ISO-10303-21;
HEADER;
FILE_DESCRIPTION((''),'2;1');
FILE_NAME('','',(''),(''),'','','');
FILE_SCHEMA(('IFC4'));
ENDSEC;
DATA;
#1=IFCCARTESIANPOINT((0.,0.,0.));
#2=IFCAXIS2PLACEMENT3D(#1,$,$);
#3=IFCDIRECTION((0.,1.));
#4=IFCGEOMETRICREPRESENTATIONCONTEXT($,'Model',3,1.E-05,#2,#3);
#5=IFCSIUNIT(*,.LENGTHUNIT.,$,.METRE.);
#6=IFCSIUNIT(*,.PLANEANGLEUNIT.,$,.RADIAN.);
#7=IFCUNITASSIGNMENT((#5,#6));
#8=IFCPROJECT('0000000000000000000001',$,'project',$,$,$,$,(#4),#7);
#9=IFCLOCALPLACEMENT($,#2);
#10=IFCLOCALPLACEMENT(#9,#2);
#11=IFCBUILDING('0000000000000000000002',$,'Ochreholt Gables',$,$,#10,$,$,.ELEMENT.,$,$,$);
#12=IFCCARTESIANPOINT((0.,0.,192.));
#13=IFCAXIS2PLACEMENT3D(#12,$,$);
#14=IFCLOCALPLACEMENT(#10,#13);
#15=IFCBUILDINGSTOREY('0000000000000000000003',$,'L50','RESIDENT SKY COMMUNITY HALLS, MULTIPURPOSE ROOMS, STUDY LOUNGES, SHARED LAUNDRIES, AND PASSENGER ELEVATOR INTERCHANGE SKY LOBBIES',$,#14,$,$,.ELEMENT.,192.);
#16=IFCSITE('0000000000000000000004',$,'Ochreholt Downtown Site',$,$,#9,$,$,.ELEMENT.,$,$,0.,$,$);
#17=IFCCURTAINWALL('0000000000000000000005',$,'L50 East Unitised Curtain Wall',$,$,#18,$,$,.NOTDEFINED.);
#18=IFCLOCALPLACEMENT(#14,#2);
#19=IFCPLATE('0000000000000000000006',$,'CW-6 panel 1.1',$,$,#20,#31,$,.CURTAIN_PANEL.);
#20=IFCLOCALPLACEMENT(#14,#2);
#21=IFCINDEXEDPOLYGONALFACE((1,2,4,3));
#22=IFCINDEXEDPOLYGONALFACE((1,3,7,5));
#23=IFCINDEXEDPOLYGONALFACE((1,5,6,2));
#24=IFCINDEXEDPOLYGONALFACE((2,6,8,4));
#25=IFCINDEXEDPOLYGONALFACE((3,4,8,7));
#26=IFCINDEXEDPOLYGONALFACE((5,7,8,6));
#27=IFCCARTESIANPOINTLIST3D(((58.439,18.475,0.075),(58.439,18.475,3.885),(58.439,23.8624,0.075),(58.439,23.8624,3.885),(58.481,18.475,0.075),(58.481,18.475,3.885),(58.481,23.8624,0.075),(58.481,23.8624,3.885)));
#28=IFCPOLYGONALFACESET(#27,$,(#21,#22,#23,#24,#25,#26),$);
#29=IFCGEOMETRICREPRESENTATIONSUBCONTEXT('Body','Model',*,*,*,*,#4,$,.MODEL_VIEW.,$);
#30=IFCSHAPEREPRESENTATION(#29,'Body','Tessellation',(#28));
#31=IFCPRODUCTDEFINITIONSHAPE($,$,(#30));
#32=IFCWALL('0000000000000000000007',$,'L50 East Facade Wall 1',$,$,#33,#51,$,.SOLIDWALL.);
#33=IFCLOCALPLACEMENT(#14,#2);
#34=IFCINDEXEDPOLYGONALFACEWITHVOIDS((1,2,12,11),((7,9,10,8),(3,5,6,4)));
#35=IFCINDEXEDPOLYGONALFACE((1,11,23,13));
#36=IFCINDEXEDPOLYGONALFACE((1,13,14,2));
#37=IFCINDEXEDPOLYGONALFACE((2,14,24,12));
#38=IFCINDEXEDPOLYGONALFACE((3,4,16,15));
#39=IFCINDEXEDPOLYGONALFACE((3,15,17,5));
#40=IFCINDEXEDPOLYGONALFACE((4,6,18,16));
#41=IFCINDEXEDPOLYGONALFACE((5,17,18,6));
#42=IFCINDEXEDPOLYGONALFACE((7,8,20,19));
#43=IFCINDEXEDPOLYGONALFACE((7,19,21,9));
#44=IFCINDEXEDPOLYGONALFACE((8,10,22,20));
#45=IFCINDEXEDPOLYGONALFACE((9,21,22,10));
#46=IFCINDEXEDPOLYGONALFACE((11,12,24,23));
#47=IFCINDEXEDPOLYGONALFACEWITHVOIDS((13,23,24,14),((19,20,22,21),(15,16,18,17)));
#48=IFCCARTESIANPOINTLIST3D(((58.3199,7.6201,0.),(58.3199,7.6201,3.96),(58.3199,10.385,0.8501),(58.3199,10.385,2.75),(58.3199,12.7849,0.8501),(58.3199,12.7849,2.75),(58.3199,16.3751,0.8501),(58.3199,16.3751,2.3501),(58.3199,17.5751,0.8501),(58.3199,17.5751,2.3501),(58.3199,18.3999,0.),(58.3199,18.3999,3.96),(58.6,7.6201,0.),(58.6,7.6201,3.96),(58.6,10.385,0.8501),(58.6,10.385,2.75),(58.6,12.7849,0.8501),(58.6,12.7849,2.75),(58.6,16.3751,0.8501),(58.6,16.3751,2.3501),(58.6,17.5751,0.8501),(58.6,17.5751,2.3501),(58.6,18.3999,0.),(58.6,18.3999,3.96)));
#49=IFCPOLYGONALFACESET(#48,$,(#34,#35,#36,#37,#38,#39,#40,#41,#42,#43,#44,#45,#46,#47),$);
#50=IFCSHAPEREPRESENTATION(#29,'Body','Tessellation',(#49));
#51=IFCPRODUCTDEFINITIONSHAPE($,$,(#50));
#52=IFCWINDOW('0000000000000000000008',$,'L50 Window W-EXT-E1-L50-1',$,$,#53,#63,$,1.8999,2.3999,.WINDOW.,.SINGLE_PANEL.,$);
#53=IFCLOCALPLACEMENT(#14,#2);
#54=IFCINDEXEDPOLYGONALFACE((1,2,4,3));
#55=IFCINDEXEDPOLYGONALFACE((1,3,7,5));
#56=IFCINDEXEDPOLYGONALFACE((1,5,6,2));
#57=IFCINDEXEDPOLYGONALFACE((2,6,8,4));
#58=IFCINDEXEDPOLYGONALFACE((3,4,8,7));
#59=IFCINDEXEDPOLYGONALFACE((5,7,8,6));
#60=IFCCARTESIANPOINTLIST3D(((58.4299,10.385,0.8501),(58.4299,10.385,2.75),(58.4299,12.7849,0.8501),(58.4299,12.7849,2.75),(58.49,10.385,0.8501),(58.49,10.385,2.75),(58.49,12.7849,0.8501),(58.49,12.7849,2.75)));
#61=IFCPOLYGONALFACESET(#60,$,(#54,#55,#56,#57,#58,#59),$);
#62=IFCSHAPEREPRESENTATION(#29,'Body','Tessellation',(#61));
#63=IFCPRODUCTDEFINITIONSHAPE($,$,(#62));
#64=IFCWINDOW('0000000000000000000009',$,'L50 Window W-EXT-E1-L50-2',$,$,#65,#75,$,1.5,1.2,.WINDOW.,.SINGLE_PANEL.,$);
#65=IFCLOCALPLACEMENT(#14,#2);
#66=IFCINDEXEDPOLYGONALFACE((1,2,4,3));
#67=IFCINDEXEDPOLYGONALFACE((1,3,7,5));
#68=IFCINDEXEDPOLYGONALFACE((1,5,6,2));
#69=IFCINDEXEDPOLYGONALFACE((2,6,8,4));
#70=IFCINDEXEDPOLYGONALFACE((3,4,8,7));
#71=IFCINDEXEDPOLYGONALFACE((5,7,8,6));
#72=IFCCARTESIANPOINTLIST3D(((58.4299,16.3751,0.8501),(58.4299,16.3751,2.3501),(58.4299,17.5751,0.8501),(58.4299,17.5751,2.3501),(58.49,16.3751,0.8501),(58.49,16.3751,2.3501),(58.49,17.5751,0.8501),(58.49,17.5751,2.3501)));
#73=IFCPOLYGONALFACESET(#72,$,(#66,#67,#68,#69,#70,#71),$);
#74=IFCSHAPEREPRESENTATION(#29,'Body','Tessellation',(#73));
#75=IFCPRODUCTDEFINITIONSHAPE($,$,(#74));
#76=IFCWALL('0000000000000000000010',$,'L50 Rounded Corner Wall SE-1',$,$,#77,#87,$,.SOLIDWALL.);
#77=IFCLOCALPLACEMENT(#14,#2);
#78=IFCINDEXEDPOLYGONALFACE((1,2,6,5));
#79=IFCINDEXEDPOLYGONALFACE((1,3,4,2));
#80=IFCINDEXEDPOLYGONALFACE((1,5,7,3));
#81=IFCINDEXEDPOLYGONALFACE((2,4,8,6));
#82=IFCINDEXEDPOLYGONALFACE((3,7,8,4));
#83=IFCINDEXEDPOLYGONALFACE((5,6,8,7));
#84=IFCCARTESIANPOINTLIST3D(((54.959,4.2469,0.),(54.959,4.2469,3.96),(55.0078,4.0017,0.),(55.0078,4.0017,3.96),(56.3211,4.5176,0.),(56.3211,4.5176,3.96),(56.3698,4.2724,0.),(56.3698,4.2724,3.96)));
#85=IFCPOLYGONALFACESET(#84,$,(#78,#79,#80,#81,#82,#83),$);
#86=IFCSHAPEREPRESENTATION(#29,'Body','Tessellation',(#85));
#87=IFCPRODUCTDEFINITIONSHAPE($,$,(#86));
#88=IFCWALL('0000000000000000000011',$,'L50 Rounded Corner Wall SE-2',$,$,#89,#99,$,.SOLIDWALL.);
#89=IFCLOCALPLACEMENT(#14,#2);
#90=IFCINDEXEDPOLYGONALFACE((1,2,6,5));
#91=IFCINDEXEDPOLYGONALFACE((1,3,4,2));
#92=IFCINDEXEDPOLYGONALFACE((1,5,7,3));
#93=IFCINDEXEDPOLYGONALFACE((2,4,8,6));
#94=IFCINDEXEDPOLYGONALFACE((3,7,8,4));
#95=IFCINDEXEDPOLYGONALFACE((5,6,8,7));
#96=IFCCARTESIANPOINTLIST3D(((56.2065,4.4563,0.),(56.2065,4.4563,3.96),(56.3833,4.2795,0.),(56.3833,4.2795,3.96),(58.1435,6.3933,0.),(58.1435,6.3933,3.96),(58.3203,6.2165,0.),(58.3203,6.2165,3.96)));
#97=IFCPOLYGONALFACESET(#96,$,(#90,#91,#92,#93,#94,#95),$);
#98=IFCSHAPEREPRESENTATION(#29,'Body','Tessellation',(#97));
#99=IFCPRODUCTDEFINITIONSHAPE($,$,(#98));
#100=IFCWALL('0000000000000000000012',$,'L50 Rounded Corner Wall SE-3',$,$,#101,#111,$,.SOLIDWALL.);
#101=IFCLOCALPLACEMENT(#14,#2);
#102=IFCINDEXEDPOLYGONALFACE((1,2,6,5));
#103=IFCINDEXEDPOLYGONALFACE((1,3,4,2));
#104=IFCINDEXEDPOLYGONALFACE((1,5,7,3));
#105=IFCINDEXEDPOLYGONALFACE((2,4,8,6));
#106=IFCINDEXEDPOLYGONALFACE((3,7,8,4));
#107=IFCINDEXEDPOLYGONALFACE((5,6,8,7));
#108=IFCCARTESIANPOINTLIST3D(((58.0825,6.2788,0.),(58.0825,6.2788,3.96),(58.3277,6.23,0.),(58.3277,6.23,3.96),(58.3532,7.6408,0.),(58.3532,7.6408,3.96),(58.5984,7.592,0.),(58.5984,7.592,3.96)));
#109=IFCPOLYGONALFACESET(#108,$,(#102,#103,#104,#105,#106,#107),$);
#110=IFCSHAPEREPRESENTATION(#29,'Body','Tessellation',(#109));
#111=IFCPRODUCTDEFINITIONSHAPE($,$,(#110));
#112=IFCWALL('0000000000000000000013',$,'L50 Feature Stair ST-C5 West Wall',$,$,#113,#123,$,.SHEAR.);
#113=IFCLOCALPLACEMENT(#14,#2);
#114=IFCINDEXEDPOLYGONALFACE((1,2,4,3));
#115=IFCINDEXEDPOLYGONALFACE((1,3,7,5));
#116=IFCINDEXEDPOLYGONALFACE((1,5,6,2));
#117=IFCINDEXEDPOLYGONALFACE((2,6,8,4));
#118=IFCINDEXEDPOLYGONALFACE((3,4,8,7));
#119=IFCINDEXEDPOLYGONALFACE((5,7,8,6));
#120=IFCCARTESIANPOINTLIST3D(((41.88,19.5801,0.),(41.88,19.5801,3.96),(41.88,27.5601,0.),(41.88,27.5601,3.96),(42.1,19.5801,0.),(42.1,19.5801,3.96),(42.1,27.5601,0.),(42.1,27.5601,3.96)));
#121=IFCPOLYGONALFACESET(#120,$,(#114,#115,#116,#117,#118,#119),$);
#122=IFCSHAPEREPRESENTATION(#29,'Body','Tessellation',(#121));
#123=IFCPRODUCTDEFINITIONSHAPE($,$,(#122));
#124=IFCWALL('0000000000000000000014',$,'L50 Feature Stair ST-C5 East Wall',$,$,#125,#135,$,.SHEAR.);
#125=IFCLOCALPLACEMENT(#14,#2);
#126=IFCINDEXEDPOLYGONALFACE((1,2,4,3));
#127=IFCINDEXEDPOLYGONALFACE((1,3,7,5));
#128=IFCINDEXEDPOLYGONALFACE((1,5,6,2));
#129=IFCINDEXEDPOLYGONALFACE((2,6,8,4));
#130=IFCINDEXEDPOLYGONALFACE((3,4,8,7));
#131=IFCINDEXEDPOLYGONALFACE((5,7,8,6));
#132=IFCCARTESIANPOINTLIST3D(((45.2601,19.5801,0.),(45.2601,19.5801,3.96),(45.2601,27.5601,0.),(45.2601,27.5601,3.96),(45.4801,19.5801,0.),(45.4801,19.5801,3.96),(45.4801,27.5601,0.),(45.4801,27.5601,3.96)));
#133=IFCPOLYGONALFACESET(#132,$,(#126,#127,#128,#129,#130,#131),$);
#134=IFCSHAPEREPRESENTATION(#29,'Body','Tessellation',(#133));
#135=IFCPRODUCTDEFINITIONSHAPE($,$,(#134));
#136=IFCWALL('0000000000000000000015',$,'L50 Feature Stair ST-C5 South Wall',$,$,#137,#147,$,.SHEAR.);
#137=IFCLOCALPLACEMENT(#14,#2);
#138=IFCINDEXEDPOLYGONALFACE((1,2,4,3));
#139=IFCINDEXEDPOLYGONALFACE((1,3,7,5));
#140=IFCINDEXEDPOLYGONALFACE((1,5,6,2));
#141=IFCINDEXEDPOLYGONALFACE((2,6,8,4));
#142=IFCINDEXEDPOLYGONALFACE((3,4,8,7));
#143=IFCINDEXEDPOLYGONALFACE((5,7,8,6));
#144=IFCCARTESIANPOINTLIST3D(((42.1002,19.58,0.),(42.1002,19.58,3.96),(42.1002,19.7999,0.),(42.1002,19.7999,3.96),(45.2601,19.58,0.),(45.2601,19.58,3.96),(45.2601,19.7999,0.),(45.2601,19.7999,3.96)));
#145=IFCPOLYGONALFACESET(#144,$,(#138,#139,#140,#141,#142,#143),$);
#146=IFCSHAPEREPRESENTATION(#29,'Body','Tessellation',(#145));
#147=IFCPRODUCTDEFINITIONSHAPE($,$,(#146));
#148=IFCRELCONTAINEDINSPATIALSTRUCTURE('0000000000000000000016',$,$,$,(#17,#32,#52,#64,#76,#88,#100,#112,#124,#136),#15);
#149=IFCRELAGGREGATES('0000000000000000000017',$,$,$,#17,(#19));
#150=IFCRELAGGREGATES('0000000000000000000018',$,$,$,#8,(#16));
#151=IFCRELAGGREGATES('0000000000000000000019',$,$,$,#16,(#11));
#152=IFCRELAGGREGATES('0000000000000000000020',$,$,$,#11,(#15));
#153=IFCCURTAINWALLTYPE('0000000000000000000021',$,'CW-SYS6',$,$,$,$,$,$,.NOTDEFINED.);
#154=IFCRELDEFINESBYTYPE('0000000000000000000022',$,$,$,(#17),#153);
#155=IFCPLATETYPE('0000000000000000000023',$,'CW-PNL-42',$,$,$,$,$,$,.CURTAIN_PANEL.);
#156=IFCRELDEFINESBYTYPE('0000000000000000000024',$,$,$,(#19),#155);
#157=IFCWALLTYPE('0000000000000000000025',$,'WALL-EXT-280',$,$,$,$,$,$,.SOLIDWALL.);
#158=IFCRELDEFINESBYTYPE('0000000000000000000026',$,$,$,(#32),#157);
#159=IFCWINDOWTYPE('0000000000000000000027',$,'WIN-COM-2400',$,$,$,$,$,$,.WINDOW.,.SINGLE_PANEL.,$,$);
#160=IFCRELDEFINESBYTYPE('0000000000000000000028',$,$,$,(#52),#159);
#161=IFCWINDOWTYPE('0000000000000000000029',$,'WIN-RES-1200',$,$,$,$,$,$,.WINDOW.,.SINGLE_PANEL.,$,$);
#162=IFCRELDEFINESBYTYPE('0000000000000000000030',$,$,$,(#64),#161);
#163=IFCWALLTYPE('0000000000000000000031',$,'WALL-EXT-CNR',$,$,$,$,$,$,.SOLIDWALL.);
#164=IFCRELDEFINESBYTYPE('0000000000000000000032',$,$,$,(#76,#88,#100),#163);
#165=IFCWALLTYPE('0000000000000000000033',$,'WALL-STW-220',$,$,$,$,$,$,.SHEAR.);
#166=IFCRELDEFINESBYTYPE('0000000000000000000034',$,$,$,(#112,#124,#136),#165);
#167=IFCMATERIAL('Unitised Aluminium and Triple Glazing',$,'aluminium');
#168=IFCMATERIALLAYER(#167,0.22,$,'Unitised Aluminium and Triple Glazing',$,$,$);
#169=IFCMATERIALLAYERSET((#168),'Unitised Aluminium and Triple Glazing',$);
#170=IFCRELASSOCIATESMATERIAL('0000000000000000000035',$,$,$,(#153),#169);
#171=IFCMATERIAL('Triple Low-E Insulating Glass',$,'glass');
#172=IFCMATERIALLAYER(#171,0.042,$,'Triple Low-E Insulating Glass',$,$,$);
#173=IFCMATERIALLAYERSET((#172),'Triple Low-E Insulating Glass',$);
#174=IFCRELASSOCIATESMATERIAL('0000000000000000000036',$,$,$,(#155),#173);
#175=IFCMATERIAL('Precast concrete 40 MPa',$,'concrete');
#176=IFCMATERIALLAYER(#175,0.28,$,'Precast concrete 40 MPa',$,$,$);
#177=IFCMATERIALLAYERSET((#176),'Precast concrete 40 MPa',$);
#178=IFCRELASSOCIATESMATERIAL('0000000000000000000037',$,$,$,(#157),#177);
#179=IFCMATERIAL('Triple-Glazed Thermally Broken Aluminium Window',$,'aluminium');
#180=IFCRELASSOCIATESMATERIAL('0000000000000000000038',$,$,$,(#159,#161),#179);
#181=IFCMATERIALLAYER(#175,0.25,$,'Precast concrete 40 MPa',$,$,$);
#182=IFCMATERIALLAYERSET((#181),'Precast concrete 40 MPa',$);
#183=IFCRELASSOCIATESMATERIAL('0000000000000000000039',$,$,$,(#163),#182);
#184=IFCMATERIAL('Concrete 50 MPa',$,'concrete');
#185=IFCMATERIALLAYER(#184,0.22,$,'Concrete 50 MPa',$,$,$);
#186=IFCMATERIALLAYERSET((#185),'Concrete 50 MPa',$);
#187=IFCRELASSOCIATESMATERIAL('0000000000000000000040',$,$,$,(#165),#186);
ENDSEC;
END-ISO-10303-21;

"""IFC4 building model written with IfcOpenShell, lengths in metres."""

from ifc_helpers import new_model, si_unit, direction, frame, frame_2d, origin, origin_2d, place, context, subcontext, project, spatial, rectangle, extrude, material, layer, layer_set, type_object, element, fill, aggregate, save


model = new_model("IFC4")

# Units and contexts
model_context = context("Model", 3, precision=1e-05, world=origin(), true_north=direction((0.0, 1.0)))
body_context = subcontext(model_context, "Body", "Model", "MODEL_VIEW")
ifc_project = project(units=[si_unit("LENGTHUNIT", "METRE"), si_unit("PLANEANGLEUNIT", "RADIAN")], contexts=[model_context])

# Site, building, storey
site_placement = place(None, origin())
site = spatial("IfcSite", under=ifc_project, at=site_placement, Name="Ochreholt Downtown Site", CompositionType="ELEMENT", RefElevation=0.0)
building_placement = place(site_placement, origin())
building = spatial("IfcBuilding", under=site, at=building_placement, Name="Ochreholt Gables", CompositionType="ELEMENT")
storey_placement = place(building_placement, frame((0.0, 0.0, 192.0)))
storey = spatial("IfcBuildingStorey", under=building, at=storey_placement, Name="L50", Description="RESIDENT SKY COMMUNITY HALLS, MULTIPURPOSE ROOMS, STUDY LOUNGES, SHARED LAUNDRIES, AND PASSENGER ELEVATOR INTERCHANGE SKY LOBBIES", CompositionType="ELEMENT", Elevation=192.0)

# Curtain wall, plate
ifc_material_1 = material(Name="Unitised Aluminium and Triple Glazing", Category="aluminium")
ifc_layer_1 = layer(ifc_material_1, 0.22, Name="Unitised Aluminium and Triple Glazing")
ifc_layer_set_1 = layer_set([ifc_layer_1], Name="Unitised Aluminium and Triple Glazing")
curtain_wall_type = type_object("IfcCurtainWallType", Name="CW-SYS6", PredefinedType="NOTDEFINED", material=ifc_layer_set_1)
curtain_wall_placement = place(storey_placement, origin())
curtain_wall = element("IfcCurtainWall", 1, at=curtain_wall_placement, inside=storey, type_object=curtain_wall_type, Name="L50 East Unitised Curtain Wall", PredefinedType="NOTDEFINED")
ifc_material_2 = material(Name="Triple Low-E Insulating Glass", Category="glass")
ifc_layer_2 = layer(ifc_material_2, 0.042, Name="Triple Low-E Insulating Glass")
ifc_layer_set_2 = layer_set([ifc_layer_2], Name="Triple Low-E Insulating Glass")
plate_type = type_object("IfcPlateType", Name="CW-PNL-42", PredefinedType="CURTAIN_PANEL", material=ifc_layer_set_2)
plate_placement = place(storey_placement, frame((58.46, 21.1687, 0.075), z_axis=(0.0, 0.0, 1.0), x_axis=(0.0, 1.0, 0.0)))
plate = element("IfcPlate", 2, at=plate_placement, type_object=plate_type, Name="CW-6 panel 1.1", PredefinedType="CURTAIN_PANEL", context=body_context, shape_type="SweptSolid", body=[
    extrude(rectangle(XDim=5.3875, YDim=0.042, at=origin_2d()), origin(), (0.0, 0.0, 1.0), 3.8101),
])
aggregate(curtain_wall, [plate])

# Wall, openings, windows
ifc_material_3 = material(Name="Precast concrete 40 MPa", Category="concrete")
ifc_layer_3 = layer(ifc_material_3, 0.28, Name="Precast concrete 40 MPa")
ifc_layer_set_3 = layer_set([ifc_layer_3], Name="Precast concrete 40 MPa")
wall_type_1 = type_object("IfcWallType", Name="WALL-EXT-280", PredefinedType="SOLIDWALL", material=ifc_layer_set_3)
wall_1_placement = place(storey_placement, frame((58.46, 7.6201, 0.0), z_axis=(0.0, 0.0, 1.0), x_axis=(0.0, 1.0, 0.0)))
wall_1 = element("IfcWall", 3, at=wall_1_placement, inside=storey, type_object=wall_type_1, Name="L50 East Facade Wall 1", PredefinedType="SOLIDWALL", context=body_context, shape_type="SweptSolid", body=[
    extrude(rectangle(XDim=10.7798, YDim=0.28, at=frame_2d((5.3899, 0.0))), origin(), (0.0, 0.0, 1.0), 3.96),
])
opening_1_placement = place(wall_1_placement, frame((2.7649, 0.0, 0.8501)))
opening_1 = element("IfcOpeningElement", 4, at=opening_1_placement, cuts=wall_1, PredefinedType="OPENING", context=body_context, shape_type="SweptSolid", body=[
    extrude(rectangle(XDim=2.3999, YDim=1.8999, at=frame_2d((1.2, 0.95))), frame((0.0, 0.1499, 0.0), z_axis=(0.0, -1.0, 0.0), x_axis=(1.0, 0.0, 0.0)), (0.0, 0.0, 1.0), 0.3),
])
opening_2_placement = place(wall_1_placement, frame((8.7549, 0.0, 0.8501)))
opening_2 = element("IfcOpeningElement", 5, at=opening_2_placement, cuts=wall_1, PredefinedType="OPENING", context=body_context, shape_type="SweptSolid", body=[
    extrude(rectangle(XDim=1.2, YDim=1.5, at=frame_2d((0.6001, 0.75))), frame((0.0, 0.1499, 0.0), z_axis=(0.0, -1.0, 0.0), x_axis=(1.0, 0.0, 0.0)), (0.0, 0.0, 1.0), 0.3),
])
ifc_material_4 = material(Name="Triple-Glazed Thermally Broken Aluminium Window", Category="aluminium")
window_type_1 = type_object("IfcWindowType", Name="WIN-COM-2400", PartitioningType="SINGLE_PANEL", PredefinedType="WINDOW", material=ifc_material_4)
window_1_placement = place(opening_1_placement, origin())
window_1 = element("IfcWindow", 6, at=window_1_placement, inside=storey, type_object=window_type_1, Name="L50 Window W-EXT-E1-L50-1", OverallHeight=1.8999, OverallWidth=2.3999, PartitioningType="SINGLE_PANEL", PredefinedType="WINDOW", context=body_context, shape_type="SweptSolid", body=[
    extrude(rectangle(XDim=2.3999, YDim=1.8999, at=frame_2d((1.2, 0.95))), frame((0.0, 0.03, 0.0), z_axis=(0.0, -1.0, 0.0), x_axis=(1.0, 0.0, 0.0)), (0.0, 0.0, 1.0), 0.0601),
])
fill(opening_1, window_1)
window_type_2 = type_object("IfcWindowType", Name="WIN-RES-1200", PartitioningType="SINGLE_PANEL", PredefinedType="WINDOW", material=ifc_material_4)
window_2_placement = place(opening_2_placement, origin())
window_2 = element("IfcWindow", 7, at=window_2_placement, inside=storey, type_object=window_type_2, Name="L50 Window W-EXT-E1-L50-2", OverallHeight=1.5, OverallWidth=1.2, PartitioningType="SINGLE_PANEL", PredefinedType="WINDOW", context=body_context, shape_type="SweptSolid", body=[
    extrude(rectangle(XDim=1.2, YDim=1.5, at=frame_2d((0.6001, 0.75))), frame((0.0, 0.03, 0.0), z_axis=(0.0, -1.0, 0.0), x_axis=(1.0, 0.0, 0.0)), (0.0, 0.0, 1.0), 0.0601),
])
fill(opening_2, window_2)

# Walls
ifc_layer_4 = layer(ifc_material_3, 0.25, Name="Precast concrete 40 MPa")
ifc_layer_set_4 = layer_set([ifc_layer_4], Name="Precast concrete 40 MPa")
wall_type_2 = type_object("IfcWallType", Name="WALL-EXT-CNR", PredefinedType="SOLIDWALL", material=ifc_layer_set_4)
wall_2_placement = place(storey_placement, frame((54.9834, 4.1243, 0.0), z_axis=(0.0, 0.0, 1.0), x_axis=(0.98081, 0.194967, 0.0)))
element("IfcWall", 8, at=wall_2_placement, inside=storey, type_object=wall_type_2, Name="L50 Rounded Corner Wall SE-1", PredefinedType="SOLIDWALL", context=body_context, shape_type="SweptSolid", body=[
    extrude(rectangle(XDim=1.3887, YDim=0.25, at=frame_2d((0.6943, 0.0))), origin(), (0.0, 0.0, 1.0), 3.96),
])
wall_3_placement = place(storey_placement, frame((56.2949, 4.3679, 0.0), z_axis=(0.0, 0.0, 1.0), x_axis=(0.707107, 0.707107, 0.0)))
element("IfcWall", 9, at=wall_3_placement, inside=storey, type_object=wall_type_2, Name="L50 Rounded Corner Wall SE-2", PredefinedType="SOLIDWALL", context=body_context, shape_type="SweptSolid", body=[
    extrude(rectangle(XDim=2.7393, YDim=0.25, at=frame_2d((1.3696, 0.0))), origin(), (0.0, 0.0, 1.0), 3.96),
])
wall_4_placement = place(storey_placement, frame((58.2051, 6.2544, 0.0), z_axis=(0.0, 0.0, 1.0), x_axis=(0.194967, 0.98081, 0.0)))
element("IfcWall", 10, at=wall_4_placement, inside=storey, type_object=wall_type_2, Name="L50 Rounded Corner Wall SE-3", PredefinedType="SOLIDWALL", context=body_context, shape_type="SweptSolid", body=[
    extrude(rectangle(XDim=1.3887, YDim=0.25, at=frame_2d((0.6943, 0.0))), origin(), (0.0, 0.0, 1.0), 3.96),
])
ifc_material_5 = material(Name="Concrete 50 MPa", Category="concrete")
ifc_layer_5 = layer(ifc_material_5, 0.22, Name="Concrete 50 MPa")
ifc_layer_set_5 = layer_set([ifc_layer_5], Name="Concrete 50 MPa")
wall_type_3 = type_object("IfcWallType", Name="WALL-STW-220", PredefinedType="SHEAR", material=ifc_layer_set_5)
for number, where, z_axis, x_axis, name in (
    (11, (41.99, 19.5801, 0.0), (0.0, 0.0, 1.0), (0.0, 1.0, 0.0), "L50 Feature Stair ST-C5 West Wall"),
    (12, (45.3701, 19.5801, 0.0), (0.0, 0.0, 1.0), (0.0, 1.0, 0.0), "L50 Feature Stair ST-C5 East Wall"),
):
    element("IfcWall", number, at=place(storey_placement, frame(where, z_axis=z_axis, x_axis=x_axis)), inside=storey, type_object=wall_type_3, Name=name, PredefinedType="SHEAR", context=body_context, shape_type="SweptSolid", body=[
        extrude(rectangle(XDim=7.98, YDim=0.22, at=frame_2d((3.99, 0.0))), origin(), (0.0, 0.0, 1.0), 3.96),
    ])
wall_5_placement = place(storey_placement, frame((42.1001, 19.6899, 0.0), z_axis=(0.0, 0.0, 1.0), x_axis=(1.0, 0.0, 0.0)))
element("IfcWall", 13, at=wall_5_placement, inside=storey, type_object=wall_type_3, Name="L50 Feature Stair ST-C5 South Wall", PredefinedType="SHEAR", context=body_context, shape_type="SweptSolid", body=[
    extrude(rectangle(XDim=3.1599, YDim=0.22, at=frame_2d((1.5801, 0.0))), origin(), (0.0, 0.0, 1.0), 3.96),
])

save(model, "model.ifc")
